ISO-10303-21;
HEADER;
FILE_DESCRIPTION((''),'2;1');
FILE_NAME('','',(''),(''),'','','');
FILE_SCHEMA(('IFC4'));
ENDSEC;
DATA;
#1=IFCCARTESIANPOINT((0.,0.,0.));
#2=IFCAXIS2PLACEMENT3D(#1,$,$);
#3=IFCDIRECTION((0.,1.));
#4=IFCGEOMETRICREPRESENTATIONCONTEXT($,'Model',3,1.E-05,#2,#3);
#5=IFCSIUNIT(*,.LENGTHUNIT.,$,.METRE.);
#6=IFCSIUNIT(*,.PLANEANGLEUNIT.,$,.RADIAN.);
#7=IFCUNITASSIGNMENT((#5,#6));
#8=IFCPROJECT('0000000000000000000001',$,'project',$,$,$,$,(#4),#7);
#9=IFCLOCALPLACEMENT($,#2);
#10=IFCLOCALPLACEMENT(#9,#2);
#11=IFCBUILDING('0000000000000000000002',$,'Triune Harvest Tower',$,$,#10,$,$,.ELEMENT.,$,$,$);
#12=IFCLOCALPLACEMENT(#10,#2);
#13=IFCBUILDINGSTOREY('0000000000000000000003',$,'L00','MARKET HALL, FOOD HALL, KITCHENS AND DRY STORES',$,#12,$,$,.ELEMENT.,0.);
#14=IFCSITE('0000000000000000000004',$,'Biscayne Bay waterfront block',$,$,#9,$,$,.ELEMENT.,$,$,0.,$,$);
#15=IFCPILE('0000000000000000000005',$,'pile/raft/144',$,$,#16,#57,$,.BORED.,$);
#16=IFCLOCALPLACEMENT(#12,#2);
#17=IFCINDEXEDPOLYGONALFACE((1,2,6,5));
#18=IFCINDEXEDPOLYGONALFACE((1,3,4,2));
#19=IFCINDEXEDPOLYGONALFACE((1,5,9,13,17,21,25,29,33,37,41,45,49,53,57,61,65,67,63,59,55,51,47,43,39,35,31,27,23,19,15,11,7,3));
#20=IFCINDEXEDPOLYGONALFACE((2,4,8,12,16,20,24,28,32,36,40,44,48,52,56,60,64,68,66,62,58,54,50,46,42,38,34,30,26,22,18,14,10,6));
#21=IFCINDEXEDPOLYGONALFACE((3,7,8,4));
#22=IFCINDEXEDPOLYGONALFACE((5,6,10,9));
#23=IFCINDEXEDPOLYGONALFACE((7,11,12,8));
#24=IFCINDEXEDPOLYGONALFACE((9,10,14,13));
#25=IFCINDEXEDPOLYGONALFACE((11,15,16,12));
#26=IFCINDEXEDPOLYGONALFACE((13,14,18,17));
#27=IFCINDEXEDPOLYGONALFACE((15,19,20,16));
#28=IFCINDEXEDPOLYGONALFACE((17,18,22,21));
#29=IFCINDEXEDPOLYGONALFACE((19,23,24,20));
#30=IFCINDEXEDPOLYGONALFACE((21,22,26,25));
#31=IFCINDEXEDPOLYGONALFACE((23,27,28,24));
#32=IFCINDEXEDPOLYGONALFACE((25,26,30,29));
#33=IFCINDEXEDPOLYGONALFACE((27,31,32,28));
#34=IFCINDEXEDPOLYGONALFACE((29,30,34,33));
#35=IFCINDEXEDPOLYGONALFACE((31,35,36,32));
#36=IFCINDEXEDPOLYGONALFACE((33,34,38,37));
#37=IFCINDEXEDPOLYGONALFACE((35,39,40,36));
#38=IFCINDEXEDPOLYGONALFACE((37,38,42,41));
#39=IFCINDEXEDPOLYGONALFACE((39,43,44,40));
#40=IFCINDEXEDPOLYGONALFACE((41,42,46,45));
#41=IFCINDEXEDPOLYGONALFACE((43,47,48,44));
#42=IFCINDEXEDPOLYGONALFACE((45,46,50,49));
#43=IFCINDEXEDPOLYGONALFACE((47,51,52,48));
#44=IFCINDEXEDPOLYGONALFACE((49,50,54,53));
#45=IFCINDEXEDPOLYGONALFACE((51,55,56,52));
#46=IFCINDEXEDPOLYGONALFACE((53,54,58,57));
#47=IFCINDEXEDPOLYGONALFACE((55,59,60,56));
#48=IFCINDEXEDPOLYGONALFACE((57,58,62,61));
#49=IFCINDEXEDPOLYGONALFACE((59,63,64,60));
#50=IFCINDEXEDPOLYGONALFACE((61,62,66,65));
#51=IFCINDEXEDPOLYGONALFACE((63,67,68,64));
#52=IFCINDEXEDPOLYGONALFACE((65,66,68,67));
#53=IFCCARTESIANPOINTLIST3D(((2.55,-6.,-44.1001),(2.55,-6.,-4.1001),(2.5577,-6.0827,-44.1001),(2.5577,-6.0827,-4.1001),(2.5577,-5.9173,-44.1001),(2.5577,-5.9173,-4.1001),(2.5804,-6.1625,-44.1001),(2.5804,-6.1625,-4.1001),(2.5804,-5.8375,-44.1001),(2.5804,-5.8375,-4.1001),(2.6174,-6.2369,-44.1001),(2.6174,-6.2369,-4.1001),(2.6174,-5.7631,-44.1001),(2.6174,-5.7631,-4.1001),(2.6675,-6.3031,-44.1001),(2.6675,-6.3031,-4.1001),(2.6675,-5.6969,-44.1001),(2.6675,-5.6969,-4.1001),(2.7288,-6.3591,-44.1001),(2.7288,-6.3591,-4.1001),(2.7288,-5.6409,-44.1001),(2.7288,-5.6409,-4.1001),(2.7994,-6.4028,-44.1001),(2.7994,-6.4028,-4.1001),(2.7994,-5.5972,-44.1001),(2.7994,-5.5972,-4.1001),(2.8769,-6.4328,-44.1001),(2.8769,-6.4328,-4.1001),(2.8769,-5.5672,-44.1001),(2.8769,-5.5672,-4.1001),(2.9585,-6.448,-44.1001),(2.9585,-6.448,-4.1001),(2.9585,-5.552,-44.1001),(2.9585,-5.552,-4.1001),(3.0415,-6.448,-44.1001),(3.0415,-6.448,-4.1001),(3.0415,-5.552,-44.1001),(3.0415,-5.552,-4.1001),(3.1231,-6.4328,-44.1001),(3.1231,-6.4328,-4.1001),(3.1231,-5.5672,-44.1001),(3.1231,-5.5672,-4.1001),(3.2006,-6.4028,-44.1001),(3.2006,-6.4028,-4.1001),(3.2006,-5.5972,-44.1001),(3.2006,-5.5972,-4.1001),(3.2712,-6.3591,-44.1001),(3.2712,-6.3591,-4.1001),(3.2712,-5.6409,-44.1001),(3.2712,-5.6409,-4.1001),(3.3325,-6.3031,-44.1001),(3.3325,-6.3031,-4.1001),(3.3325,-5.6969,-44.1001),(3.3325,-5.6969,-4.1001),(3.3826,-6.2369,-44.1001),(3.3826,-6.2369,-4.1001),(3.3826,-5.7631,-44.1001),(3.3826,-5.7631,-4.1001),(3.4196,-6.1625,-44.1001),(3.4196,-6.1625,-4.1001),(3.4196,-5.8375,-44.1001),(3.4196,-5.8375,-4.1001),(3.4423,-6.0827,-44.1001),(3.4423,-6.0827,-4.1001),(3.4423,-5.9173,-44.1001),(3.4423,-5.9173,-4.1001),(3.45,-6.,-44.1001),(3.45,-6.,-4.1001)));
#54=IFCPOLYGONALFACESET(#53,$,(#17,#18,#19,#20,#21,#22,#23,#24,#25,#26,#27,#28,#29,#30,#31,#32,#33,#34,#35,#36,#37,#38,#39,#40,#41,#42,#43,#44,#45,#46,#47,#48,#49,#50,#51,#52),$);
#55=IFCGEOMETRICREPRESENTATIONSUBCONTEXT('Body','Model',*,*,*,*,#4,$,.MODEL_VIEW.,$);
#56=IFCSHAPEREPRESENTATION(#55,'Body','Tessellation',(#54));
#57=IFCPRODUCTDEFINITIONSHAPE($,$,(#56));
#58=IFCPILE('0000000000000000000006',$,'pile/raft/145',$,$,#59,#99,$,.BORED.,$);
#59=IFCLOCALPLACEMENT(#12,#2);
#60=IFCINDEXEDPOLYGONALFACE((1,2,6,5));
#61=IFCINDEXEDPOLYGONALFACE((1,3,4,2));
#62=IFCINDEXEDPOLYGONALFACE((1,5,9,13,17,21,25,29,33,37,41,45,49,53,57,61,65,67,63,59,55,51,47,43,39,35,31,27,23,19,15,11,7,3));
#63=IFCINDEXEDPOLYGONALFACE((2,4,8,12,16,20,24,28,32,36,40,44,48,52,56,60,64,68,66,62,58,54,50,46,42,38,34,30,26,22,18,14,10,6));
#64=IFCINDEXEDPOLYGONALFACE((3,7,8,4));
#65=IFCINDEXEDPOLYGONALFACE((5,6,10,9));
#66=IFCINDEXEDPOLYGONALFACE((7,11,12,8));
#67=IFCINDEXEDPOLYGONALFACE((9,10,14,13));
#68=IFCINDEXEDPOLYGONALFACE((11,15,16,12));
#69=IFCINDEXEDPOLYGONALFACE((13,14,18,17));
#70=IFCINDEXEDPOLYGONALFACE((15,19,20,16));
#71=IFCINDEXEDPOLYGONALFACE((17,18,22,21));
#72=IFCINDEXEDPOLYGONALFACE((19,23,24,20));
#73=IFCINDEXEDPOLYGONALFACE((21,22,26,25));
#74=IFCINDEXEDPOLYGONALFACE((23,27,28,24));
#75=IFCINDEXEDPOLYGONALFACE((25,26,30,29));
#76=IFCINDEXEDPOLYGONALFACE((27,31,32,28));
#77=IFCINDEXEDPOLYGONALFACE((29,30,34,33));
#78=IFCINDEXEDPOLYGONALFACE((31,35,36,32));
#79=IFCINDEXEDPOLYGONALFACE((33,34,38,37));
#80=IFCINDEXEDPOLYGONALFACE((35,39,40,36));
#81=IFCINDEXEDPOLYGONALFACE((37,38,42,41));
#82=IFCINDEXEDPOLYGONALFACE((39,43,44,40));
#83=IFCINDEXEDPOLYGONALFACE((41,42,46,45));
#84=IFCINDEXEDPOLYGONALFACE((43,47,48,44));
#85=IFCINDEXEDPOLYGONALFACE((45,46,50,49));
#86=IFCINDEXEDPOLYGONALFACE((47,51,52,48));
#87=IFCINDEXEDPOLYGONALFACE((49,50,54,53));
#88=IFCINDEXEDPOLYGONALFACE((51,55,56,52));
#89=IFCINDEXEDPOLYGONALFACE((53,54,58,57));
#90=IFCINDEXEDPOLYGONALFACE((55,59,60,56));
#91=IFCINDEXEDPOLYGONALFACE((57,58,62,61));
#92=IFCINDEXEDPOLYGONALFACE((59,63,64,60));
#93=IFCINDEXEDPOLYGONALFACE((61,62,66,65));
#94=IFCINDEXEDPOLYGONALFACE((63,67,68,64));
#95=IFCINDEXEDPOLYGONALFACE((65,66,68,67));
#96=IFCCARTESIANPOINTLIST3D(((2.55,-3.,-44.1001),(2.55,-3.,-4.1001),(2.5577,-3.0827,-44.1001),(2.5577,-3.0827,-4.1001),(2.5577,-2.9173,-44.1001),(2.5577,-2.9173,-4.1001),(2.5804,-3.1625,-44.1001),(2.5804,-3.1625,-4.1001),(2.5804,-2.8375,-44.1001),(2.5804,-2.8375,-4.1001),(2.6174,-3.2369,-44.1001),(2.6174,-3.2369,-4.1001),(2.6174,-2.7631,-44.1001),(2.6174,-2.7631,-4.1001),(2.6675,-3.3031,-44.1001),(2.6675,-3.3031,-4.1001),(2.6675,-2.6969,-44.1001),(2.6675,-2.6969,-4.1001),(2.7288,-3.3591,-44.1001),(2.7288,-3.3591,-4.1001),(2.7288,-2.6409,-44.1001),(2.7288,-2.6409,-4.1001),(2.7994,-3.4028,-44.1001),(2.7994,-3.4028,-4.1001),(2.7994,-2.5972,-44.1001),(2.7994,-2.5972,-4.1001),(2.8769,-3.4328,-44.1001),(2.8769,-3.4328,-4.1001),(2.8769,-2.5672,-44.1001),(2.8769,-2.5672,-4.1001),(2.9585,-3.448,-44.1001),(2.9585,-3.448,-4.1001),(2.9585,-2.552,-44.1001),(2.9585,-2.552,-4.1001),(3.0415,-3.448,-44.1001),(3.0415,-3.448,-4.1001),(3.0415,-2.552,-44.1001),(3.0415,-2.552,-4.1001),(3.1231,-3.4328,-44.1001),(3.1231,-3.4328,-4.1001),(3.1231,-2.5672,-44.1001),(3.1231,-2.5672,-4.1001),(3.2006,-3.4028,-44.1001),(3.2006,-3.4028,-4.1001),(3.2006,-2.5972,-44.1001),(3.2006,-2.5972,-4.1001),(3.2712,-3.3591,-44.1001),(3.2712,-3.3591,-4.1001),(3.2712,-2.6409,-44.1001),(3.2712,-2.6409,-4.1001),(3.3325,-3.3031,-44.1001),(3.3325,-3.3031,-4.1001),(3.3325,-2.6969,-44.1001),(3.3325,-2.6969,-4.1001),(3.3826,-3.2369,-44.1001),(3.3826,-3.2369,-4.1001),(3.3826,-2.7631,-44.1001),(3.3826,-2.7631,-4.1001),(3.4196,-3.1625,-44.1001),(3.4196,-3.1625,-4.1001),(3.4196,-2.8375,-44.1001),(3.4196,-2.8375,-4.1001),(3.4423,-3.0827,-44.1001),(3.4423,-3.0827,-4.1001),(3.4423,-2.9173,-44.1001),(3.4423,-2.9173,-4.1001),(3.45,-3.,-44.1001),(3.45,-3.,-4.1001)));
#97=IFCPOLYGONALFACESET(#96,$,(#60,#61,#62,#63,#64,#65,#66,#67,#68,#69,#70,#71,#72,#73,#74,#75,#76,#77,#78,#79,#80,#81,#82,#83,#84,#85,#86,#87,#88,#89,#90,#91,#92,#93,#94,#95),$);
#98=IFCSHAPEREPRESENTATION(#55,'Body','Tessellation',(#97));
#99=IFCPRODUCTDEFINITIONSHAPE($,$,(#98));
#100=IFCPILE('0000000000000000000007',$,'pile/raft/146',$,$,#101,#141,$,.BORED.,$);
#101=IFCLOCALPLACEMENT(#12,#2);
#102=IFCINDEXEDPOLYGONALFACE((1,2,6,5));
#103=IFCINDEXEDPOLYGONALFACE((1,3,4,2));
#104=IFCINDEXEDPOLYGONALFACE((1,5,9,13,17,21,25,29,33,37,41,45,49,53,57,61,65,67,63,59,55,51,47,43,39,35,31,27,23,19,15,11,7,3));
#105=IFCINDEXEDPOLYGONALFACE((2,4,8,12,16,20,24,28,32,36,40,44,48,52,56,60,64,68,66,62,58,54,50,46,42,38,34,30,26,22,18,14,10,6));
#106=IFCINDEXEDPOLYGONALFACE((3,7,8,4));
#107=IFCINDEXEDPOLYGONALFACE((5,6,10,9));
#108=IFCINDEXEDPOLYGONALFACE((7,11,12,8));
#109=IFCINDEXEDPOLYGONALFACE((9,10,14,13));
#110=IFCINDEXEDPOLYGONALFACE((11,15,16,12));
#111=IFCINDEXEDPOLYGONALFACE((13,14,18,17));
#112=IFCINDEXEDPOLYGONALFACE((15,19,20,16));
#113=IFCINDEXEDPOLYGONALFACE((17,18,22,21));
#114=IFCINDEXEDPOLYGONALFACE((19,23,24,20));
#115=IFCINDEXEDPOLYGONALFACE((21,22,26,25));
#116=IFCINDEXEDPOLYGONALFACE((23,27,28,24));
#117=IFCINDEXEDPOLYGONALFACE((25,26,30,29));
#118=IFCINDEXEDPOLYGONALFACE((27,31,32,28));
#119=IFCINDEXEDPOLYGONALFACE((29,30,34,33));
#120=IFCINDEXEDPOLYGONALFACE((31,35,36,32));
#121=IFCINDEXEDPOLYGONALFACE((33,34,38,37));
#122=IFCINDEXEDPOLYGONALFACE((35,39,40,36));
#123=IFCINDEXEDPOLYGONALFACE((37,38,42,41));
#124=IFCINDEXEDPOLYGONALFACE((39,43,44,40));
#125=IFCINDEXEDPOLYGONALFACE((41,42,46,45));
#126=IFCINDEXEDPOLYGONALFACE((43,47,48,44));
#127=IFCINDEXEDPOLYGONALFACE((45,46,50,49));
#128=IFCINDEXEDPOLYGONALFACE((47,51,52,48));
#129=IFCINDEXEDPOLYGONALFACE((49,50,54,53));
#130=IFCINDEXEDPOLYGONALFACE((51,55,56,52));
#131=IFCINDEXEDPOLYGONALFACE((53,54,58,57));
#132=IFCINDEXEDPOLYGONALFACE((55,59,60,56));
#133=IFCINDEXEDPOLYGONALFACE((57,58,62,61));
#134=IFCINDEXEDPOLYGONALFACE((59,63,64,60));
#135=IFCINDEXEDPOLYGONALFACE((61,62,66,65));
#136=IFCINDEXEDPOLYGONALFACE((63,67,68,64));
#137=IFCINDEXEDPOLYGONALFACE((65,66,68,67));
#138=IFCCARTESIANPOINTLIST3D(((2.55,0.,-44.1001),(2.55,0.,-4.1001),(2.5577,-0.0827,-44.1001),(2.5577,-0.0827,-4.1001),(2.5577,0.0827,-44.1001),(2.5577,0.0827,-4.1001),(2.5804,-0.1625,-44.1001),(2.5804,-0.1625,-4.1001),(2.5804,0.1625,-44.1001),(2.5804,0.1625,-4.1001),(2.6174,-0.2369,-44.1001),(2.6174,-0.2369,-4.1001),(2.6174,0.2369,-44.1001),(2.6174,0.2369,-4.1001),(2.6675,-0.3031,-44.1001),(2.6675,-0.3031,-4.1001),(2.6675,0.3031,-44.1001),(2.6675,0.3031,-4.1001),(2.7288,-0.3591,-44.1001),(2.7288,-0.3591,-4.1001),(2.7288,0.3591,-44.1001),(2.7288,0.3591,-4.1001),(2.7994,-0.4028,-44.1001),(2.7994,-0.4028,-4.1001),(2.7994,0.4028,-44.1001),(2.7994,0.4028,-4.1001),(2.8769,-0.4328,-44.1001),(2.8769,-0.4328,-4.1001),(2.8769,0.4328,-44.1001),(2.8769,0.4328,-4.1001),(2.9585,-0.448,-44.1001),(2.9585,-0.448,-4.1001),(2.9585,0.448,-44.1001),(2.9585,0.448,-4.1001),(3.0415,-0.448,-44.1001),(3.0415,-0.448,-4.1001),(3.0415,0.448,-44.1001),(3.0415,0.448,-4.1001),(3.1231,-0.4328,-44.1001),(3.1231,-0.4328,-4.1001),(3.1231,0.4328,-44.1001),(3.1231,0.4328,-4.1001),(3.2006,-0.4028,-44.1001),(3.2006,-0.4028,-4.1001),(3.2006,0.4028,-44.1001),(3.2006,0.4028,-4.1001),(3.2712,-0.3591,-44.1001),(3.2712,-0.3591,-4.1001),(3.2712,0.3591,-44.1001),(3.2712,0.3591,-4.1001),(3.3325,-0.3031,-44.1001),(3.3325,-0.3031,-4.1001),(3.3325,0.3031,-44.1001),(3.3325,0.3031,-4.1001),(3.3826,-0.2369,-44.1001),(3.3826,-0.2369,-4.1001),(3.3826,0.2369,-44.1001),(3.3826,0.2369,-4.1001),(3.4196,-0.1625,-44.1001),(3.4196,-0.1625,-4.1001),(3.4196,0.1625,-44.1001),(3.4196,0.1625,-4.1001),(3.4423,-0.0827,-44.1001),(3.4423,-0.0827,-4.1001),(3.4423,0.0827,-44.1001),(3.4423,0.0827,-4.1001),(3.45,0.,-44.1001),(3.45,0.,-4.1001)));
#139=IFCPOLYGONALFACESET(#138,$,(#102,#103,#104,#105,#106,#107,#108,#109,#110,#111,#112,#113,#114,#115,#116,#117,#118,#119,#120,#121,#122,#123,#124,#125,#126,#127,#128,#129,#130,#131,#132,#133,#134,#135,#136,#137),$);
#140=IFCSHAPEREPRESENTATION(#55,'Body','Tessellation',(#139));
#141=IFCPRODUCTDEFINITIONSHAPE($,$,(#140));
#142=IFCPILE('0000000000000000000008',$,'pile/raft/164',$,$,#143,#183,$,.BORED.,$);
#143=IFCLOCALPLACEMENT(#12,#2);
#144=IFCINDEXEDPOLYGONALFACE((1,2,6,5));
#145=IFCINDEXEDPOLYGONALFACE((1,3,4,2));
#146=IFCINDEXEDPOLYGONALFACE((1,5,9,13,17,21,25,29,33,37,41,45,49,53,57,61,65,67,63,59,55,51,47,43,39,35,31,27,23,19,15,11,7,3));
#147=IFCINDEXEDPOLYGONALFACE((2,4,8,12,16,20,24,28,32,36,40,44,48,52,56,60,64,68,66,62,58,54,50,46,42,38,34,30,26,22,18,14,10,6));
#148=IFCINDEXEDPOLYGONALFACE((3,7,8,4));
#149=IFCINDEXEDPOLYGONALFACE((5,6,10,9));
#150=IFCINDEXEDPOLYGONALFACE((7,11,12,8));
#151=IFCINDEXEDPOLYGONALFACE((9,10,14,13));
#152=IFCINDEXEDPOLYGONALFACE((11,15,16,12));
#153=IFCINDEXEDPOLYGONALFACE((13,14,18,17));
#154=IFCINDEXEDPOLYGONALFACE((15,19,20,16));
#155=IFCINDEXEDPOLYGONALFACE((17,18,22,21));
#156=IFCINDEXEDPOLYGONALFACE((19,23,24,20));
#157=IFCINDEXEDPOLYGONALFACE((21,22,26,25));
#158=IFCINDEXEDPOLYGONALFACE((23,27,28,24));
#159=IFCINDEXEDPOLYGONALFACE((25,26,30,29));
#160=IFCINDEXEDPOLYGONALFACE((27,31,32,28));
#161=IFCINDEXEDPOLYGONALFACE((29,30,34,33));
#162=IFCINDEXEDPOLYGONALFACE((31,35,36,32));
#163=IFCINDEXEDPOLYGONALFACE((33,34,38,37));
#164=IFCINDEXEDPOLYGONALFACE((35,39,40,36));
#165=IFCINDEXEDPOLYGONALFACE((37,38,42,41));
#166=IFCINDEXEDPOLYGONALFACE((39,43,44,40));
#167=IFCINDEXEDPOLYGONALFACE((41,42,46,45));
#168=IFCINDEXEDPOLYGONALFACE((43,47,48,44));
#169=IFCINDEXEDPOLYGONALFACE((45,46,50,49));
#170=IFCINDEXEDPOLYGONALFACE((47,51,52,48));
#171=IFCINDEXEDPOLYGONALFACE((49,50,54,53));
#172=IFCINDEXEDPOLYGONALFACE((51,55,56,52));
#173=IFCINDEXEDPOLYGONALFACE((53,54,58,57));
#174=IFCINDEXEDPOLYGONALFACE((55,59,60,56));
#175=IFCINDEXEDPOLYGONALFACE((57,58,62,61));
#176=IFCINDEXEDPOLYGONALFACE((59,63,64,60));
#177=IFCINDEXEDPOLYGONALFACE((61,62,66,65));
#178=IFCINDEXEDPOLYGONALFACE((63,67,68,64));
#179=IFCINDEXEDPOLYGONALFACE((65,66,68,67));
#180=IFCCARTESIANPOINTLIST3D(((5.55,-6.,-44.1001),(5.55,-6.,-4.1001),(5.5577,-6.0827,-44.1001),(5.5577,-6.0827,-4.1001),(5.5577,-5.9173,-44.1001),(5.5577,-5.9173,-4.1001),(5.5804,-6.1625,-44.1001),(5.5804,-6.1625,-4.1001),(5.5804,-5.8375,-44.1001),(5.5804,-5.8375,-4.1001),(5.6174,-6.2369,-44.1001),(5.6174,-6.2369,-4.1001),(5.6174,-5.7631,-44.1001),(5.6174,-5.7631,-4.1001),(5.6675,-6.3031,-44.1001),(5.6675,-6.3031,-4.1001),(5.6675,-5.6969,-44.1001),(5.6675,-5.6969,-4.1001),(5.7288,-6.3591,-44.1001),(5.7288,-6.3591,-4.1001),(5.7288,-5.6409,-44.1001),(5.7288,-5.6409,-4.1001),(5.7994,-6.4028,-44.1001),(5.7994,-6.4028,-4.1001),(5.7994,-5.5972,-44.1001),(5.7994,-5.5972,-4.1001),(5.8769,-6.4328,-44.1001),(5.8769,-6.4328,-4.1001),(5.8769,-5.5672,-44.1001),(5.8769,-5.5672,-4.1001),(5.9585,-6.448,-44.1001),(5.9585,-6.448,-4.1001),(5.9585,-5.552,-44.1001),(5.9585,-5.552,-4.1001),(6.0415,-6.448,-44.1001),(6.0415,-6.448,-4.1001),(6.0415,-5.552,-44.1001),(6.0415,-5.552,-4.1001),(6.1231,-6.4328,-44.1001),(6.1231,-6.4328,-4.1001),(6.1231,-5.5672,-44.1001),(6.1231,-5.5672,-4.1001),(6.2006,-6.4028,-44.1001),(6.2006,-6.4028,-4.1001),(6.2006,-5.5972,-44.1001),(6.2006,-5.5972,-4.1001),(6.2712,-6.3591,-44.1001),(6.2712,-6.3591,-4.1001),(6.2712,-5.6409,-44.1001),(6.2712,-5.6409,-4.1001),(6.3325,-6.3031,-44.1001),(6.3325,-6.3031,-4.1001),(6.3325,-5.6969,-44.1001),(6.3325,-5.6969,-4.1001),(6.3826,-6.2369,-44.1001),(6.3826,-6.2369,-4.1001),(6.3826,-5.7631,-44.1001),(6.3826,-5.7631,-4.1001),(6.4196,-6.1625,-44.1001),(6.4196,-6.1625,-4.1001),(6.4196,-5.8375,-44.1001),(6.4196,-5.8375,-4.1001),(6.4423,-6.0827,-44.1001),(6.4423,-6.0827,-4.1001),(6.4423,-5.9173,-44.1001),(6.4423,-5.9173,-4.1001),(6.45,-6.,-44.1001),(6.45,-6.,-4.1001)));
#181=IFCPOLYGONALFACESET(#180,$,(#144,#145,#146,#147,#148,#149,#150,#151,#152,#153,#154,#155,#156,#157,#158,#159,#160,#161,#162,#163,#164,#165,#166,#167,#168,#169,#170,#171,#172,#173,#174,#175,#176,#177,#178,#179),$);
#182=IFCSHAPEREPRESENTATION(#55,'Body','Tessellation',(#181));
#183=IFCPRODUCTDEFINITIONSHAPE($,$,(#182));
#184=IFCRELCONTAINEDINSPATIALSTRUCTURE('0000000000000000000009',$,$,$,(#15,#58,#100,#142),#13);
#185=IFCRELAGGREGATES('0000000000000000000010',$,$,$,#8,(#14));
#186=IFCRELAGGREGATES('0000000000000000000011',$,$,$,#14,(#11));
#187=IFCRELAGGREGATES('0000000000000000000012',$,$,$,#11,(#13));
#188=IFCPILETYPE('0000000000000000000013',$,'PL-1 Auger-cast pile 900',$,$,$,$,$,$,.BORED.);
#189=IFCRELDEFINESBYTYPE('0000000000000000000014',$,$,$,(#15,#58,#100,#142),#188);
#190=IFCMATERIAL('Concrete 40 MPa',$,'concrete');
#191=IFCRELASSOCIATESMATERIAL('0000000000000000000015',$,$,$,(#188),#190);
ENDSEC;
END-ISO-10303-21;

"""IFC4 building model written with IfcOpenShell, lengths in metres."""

from ifc_helpers import new_model, si_unit, direction, frame, origin, origin_2d, place, context, subcontext, project, spatial, circle, extrude, source, transform, mapped, material, material_profile, profile_set, type_object, element, save


model = new_model("IFC4")

# Units and contexts
model_context = context("Model", 3, precision=1e-05, world=origin(), true_north=direction((0.0, 1.0)))
body_context = subcontext(model_context, "Body", "Model", "MODEL_VIEW")
ifc_project = project(units=[si_unit("LENGTHUNIT", "METRE"), si_unit("PLANEANGLEUNIT", "RADIAN")], contexts=[model_context])

# Site, building, storey
site_placement = place(None, origin())
site = spatial("IfcSite", under=ifc_project, at=site_placement, Name="Biscayne Bay waterfront block", CompositionType="ELEMENT", RefElevation=0.0)
building_placement = place(site_placement, origin())
building = spatial("IfcBuilding", under=site, at=building_placement, Name="Triune Harvest Tower", CompositionType="ELEMENT")
storey_placement = place(building_placement, origin())
storey = spatial("IfcBuildingStorey", under=building, at=storey_placement, Name="L00", Description="MARKET HALL, FOOD HALL, KITCHENS AND DRY STORES", CompositionType="ELEMENT", Elevation=0.0)

# Piles
ifc_material_1 = material(Name="Concrete 40 MPa", Category="concrete")
ifc_material_profile = material_profile(ifc_material_1, circle(Radius=0.45, at=origin_2d()), Name="Bored 900")
ifc_profile_set = profile_set([ifc_material_profile], Name="Concrete 40 MPa")
pile_type = type_object("IfcPileType", Name="PL-1 Auger-cast pile 900", PredefinedType="BORED", material=ifc_profile_set)
shared_shape_1 = source(origin(), body_context, "Body", "SweptSolid", [
    extrude(circle(Radius=0.45, at=origin_2d()), origin(), (0.0, 0.0, 1.0), 40.0),
])
for number, where, z_axis, x_axis, name in (
    (1, (3.0, -6.0, -4.1001), (0.0, 0.0, -1.0), (1.0, 0.0, 0.0), "pile/raft/144"),
    (2, (3.0, -3.0, -4.1001), (0.0, 0.0, -1.0), (1.0, 0.0, 0.0), "pile/raft/145"),
    (3, (3.0, 0.0, -4.1001), (0.0, 0.0, -1.0), (1.0, 0.0, 0.0), "pile/raft/146"),
    (4, (6.0, -6.0, -4.1001), (0.0, 0.0, -1.0), (1.0, 0.0, 0.0), "pile/raft/164"),
):
    element("IfcPile", number, at=place(storey_placement, frame(where, z_axis=z_axis, x_axis=x_axis)), inside=storey, type_object=pile_type, Name=name, PredefinedType="BORED", context=body_context, shape_type="MappedRepresentation", body=[
        mapped(shared_shape_1, transform((0.0, 0.0, 0.0), scale=1.0)),
    ])

save(model, "model.ifc")
